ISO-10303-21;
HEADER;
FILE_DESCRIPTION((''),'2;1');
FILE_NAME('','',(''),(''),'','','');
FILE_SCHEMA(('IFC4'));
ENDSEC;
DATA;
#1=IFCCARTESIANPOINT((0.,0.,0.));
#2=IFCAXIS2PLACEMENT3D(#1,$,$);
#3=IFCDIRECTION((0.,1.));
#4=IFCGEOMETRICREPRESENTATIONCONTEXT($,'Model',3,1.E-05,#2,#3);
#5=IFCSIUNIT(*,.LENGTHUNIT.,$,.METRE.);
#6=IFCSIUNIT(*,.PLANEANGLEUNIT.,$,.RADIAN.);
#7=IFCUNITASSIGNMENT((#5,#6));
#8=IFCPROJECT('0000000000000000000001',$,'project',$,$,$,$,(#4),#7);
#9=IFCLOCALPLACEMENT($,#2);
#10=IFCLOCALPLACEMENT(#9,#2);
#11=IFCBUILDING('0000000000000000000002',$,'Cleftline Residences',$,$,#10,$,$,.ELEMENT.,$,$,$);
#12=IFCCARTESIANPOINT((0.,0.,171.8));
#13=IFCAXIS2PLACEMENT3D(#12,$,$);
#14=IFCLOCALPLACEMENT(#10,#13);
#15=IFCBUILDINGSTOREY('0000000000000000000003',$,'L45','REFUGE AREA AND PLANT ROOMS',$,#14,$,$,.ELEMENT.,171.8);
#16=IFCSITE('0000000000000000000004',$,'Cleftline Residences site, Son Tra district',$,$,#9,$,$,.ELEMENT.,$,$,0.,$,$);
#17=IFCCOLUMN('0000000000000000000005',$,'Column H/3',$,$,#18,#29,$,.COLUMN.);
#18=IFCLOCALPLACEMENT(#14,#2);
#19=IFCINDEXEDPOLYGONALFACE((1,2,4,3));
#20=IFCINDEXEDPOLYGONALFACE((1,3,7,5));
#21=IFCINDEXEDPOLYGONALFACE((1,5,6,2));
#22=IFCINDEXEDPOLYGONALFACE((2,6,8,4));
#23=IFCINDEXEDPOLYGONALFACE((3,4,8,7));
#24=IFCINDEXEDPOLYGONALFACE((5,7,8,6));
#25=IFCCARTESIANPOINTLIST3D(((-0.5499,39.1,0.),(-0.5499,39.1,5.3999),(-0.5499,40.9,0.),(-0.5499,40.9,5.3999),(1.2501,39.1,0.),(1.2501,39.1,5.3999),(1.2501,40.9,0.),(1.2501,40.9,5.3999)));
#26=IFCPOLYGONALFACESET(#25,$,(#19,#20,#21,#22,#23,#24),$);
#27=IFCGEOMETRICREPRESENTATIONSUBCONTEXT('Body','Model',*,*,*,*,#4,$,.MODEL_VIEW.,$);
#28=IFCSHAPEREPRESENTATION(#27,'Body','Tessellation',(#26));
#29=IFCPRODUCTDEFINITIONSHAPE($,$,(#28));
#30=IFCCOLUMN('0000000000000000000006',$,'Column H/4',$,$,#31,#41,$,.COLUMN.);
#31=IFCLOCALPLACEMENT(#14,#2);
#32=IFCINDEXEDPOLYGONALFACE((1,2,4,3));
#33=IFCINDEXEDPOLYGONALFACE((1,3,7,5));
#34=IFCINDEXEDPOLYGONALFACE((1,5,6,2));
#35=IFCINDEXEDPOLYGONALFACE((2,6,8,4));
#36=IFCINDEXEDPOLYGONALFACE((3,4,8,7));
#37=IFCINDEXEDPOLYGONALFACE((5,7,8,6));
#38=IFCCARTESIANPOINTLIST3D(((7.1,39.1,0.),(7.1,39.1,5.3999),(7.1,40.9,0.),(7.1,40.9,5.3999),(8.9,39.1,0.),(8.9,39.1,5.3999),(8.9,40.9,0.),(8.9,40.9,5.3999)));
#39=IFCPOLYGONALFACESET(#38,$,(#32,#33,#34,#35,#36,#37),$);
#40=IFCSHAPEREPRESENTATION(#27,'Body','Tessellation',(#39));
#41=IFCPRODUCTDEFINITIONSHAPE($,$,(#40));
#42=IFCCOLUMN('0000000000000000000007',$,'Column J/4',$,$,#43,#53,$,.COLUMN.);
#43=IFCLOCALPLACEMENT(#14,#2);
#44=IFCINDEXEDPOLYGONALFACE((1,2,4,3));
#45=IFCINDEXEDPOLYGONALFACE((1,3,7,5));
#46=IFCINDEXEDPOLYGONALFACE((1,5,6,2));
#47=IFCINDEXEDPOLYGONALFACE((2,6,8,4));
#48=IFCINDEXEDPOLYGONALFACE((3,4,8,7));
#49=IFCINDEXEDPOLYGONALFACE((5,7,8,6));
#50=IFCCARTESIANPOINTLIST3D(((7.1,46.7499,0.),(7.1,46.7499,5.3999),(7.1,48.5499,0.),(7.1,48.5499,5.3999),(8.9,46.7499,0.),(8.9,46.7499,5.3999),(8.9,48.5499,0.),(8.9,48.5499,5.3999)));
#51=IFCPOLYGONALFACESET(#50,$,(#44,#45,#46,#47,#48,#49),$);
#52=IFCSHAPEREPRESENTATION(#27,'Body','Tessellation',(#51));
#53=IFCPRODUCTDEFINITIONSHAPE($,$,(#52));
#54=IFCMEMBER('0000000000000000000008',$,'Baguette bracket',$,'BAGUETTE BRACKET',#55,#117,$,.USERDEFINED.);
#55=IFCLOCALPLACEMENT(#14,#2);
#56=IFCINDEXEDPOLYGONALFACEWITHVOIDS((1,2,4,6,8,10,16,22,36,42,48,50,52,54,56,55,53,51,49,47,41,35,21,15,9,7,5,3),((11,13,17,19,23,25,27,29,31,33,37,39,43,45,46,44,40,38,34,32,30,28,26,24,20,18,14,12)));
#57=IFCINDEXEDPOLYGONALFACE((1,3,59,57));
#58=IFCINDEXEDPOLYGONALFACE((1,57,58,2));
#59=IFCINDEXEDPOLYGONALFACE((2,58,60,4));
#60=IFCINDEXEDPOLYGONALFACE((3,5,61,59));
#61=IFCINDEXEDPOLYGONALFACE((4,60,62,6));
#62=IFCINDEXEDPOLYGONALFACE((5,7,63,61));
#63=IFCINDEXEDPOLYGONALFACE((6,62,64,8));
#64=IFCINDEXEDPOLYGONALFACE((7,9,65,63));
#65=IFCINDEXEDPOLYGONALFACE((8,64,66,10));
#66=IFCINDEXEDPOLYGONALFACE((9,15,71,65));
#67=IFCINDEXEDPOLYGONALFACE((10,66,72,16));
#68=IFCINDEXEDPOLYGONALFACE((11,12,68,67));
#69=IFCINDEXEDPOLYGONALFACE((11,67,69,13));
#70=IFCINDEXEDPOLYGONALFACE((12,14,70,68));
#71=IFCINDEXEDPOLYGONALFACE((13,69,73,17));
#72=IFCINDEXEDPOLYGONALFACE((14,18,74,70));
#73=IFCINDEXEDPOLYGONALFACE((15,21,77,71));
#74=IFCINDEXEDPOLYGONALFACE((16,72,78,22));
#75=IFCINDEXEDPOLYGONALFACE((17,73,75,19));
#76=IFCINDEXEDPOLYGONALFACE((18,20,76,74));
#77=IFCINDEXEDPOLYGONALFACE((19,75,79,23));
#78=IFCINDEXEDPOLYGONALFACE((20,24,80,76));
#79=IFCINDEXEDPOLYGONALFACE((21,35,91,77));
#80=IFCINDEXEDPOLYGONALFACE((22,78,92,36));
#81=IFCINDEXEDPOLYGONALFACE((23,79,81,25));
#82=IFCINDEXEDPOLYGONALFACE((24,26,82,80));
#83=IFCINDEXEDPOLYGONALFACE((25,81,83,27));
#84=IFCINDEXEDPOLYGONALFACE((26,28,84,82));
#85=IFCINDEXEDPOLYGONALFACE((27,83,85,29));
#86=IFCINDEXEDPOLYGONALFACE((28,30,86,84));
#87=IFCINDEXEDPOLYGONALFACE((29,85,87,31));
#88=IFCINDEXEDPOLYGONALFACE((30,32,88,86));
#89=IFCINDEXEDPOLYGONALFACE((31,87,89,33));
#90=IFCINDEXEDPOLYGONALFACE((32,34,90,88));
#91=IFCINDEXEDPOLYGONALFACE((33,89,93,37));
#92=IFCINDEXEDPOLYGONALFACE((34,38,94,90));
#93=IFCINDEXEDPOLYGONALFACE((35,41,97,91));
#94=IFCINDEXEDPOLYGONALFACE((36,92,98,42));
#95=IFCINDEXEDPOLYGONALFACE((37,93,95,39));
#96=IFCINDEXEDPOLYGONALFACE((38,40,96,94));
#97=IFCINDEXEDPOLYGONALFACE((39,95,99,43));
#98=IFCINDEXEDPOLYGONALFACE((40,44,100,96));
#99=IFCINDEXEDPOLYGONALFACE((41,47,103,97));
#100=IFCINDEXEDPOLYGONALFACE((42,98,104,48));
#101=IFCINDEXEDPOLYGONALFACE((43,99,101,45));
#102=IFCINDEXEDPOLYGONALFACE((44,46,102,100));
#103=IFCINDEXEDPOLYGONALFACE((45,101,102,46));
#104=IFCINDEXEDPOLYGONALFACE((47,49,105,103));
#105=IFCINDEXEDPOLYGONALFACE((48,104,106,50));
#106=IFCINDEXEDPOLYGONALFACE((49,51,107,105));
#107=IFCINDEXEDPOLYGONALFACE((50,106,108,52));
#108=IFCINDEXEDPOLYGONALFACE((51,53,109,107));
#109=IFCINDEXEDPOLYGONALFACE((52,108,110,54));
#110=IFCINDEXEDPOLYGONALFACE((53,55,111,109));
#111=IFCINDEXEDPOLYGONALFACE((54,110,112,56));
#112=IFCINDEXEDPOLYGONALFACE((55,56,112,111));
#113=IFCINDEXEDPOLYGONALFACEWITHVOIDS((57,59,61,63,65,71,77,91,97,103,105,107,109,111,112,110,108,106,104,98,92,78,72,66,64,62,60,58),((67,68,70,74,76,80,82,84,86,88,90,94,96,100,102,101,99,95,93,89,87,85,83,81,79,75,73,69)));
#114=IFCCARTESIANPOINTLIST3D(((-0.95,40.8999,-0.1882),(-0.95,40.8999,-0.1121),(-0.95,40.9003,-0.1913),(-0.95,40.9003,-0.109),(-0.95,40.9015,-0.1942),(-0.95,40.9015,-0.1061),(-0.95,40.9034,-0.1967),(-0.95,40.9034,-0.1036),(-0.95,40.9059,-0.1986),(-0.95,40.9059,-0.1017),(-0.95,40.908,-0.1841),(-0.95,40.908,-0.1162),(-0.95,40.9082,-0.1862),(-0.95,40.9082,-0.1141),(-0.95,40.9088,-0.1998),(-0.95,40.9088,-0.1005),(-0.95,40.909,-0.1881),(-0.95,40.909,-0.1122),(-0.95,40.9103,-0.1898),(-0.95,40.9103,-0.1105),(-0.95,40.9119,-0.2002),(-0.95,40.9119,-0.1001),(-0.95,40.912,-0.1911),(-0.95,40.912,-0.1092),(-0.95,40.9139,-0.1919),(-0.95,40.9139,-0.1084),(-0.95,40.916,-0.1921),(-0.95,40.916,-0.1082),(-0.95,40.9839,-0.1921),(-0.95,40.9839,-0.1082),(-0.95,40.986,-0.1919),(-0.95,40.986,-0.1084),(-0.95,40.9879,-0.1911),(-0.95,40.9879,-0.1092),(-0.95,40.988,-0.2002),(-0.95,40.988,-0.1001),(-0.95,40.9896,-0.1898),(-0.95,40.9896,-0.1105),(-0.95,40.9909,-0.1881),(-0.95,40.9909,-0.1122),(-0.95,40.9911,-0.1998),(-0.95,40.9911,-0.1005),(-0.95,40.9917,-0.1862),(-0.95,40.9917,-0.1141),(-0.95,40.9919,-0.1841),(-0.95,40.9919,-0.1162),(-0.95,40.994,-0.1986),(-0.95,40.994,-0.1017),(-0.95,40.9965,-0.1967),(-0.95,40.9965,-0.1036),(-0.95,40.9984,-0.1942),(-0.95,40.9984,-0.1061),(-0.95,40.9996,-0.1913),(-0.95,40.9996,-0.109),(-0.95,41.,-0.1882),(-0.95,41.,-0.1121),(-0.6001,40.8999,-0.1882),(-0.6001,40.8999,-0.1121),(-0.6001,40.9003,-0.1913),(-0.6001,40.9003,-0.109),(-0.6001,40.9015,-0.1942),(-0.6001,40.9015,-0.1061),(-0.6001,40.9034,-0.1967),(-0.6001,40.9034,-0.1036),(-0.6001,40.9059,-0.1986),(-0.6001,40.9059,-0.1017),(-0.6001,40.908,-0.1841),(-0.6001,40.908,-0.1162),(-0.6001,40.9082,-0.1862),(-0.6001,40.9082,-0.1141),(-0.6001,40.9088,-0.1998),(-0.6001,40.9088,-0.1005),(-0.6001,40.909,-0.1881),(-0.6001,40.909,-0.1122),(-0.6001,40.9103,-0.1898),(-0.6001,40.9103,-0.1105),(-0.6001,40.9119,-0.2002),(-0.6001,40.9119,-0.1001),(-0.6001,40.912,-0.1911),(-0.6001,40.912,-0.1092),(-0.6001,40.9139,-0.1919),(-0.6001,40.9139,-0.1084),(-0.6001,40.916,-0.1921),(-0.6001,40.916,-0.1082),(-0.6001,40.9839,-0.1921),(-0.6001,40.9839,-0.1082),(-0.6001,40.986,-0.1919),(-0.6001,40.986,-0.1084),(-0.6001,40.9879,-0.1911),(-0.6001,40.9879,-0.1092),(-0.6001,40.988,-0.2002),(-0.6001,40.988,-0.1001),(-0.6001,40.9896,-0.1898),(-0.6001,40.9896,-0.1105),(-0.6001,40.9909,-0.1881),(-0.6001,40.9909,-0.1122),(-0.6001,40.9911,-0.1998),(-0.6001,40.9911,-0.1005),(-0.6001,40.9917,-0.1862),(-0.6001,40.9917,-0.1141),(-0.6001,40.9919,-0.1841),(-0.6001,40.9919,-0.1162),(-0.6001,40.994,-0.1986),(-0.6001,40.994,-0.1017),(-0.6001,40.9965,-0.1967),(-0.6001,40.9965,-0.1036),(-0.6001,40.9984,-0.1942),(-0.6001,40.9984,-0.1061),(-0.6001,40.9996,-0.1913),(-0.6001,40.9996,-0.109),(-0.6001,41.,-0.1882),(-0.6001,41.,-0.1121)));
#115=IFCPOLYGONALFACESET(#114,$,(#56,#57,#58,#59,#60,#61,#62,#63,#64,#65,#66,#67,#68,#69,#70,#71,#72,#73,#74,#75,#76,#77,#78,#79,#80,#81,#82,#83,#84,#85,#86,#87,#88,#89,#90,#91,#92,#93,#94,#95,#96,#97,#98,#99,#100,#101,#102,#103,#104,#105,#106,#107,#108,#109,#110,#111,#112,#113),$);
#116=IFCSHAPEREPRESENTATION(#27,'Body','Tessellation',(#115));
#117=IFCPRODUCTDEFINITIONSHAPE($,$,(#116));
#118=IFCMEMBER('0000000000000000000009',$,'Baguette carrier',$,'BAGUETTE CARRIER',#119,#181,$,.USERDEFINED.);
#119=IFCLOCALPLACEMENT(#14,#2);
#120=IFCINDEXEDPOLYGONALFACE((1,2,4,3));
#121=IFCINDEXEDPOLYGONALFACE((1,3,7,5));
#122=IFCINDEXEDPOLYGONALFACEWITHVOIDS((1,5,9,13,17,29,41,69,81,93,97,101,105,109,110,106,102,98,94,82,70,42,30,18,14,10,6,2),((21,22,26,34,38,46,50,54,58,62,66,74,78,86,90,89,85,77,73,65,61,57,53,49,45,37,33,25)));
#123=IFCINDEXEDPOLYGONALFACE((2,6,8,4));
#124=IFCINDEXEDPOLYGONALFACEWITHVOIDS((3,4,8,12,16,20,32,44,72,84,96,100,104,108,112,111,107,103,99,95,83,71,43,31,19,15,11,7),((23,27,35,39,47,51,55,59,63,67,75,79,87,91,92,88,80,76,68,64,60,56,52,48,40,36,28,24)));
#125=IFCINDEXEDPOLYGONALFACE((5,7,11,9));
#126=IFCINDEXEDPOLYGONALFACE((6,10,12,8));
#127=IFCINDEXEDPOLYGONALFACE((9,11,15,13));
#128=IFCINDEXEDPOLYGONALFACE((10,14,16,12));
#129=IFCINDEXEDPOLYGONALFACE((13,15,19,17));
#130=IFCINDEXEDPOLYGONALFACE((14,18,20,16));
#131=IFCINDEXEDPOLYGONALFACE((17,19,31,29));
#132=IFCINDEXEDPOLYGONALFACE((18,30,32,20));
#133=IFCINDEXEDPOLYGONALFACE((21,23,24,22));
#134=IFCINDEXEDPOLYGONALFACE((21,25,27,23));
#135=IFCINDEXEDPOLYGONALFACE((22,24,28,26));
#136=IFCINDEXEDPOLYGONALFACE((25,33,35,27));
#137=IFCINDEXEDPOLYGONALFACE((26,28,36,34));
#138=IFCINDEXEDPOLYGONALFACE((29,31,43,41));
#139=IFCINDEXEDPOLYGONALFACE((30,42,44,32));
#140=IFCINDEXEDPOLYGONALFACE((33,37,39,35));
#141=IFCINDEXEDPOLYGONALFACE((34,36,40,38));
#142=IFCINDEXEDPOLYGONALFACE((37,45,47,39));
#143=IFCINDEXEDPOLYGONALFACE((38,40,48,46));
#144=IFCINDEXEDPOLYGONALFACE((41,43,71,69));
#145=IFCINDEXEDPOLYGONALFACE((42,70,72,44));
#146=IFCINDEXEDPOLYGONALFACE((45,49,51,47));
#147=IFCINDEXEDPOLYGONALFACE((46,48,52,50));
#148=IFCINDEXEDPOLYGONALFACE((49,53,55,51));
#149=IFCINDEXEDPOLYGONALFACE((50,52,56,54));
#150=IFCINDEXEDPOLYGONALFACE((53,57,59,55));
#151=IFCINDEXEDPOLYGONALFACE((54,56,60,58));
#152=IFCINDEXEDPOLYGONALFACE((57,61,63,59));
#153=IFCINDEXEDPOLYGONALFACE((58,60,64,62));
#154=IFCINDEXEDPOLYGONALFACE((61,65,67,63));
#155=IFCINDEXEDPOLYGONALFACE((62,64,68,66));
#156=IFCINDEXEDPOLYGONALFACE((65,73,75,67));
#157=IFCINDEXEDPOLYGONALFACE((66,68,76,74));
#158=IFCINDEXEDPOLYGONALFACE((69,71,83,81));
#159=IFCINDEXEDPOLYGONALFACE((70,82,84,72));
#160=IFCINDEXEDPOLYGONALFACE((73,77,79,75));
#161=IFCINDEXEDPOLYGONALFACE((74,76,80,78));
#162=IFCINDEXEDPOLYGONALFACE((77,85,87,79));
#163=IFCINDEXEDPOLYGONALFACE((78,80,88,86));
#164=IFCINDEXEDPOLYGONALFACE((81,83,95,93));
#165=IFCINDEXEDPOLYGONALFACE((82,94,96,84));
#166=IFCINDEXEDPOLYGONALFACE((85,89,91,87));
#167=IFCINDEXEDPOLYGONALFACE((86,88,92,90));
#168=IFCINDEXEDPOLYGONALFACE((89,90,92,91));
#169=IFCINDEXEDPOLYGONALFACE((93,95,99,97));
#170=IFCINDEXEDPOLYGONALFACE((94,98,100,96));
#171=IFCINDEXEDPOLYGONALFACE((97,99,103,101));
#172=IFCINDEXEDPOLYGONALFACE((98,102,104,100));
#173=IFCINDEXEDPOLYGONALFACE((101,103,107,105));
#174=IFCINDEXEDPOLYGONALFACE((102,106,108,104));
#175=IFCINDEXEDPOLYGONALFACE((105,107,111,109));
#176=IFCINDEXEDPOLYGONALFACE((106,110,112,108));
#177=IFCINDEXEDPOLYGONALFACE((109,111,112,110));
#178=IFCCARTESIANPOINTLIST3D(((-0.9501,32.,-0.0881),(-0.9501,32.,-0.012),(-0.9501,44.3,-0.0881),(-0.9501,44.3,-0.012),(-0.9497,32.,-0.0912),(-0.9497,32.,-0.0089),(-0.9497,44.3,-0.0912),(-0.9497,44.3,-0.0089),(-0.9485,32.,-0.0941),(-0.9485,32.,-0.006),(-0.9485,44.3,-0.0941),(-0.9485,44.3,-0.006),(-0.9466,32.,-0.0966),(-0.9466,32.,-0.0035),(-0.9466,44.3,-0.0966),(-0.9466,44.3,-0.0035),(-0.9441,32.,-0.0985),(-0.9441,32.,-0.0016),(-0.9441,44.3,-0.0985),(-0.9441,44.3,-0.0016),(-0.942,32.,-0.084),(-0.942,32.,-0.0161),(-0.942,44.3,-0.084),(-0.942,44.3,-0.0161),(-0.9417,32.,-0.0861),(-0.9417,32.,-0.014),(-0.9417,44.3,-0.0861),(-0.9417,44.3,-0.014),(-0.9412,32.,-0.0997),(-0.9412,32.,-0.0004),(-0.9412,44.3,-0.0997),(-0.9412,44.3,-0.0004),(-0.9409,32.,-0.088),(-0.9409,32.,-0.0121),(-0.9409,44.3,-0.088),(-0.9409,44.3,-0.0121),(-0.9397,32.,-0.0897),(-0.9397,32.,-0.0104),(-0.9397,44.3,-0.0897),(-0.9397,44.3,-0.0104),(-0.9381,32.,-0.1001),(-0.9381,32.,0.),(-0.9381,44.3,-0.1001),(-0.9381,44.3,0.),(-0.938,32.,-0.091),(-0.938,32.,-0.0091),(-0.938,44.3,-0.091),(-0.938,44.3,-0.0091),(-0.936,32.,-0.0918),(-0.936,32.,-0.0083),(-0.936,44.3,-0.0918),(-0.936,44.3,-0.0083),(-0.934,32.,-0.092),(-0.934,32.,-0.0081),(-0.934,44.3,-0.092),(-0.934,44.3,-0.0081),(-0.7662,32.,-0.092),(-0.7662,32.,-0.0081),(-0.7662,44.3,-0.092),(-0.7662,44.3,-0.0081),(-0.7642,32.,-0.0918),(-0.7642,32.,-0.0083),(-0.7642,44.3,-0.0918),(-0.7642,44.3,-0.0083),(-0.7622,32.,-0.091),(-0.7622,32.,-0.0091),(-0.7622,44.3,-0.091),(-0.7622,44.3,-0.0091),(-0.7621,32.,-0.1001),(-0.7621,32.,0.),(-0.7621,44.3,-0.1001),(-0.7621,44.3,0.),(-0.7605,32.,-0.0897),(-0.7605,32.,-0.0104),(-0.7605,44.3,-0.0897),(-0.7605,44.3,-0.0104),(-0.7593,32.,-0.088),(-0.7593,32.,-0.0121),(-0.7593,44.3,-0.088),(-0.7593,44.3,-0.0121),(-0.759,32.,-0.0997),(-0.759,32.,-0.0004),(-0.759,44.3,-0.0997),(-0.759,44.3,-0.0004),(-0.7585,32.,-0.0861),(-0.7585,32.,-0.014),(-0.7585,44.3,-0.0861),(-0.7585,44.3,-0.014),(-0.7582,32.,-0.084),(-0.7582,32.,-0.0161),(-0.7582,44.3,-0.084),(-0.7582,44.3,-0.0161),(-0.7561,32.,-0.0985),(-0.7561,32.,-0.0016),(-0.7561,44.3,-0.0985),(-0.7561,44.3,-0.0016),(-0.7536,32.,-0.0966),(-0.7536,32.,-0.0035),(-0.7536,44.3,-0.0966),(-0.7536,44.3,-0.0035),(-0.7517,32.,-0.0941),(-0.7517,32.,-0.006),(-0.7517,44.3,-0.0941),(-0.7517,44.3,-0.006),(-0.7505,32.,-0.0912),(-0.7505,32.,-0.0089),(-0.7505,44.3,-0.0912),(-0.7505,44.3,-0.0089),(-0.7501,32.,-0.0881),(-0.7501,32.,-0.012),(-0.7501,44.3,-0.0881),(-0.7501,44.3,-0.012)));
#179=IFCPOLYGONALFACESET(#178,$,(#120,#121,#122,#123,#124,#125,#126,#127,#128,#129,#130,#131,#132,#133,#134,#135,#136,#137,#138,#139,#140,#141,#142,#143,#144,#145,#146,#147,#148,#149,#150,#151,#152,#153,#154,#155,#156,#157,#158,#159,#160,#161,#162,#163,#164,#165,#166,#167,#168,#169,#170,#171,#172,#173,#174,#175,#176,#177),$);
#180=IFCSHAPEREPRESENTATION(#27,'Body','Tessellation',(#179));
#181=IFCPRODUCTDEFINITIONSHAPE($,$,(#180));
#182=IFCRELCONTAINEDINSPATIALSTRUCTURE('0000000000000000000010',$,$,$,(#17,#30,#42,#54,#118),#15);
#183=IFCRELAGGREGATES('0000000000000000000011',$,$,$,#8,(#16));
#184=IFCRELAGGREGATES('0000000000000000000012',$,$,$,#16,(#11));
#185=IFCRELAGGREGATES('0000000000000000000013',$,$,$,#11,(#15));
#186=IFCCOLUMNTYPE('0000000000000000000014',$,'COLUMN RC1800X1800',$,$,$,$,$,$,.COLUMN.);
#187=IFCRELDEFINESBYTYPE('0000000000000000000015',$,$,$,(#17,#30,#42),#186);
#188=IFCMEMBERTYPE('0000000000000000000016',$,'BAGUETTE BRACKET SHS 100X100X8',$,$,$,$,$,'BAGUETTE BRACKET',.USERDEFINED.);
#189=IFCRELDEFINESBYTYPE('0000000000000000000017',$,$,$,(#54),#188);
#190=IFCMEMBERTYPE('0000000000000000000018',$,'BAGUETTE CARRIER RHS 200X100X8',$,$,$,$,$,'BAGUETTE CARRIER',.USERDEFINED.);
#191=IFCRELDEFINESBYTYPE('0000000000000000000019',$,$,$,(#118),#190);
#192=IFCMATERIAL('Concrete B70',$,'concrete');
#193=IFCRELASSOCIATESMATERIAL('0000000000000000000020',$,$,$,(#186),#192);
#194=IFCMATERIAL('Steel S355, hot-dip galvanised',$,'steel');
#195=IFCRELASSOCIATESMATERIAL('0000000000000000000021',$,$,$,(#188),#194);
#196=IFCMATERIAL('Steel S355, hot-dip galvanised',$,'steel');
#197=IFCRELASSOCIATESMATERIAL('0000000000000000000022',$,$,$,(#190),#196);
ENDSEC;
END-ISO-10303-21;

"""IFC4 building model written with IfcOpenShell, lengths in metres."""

from ifc_helpers import new_model, si_unit, direction, frame, origin, origin_2d, place, context, subcontext, project, spatial, rectangle, hollow_rectangle, extrude, material, material_profile, profile_set, type_object, element, save


model = new_model("IFC4")

# Units and contexts
model_context = context("Model", 3, precision=1e-05, world=origin(), true_north=direction((0.0, 1.0)))
body_context = subcontext(model_context, "Body", "Model", "MODEL_VIEW")
ifc_project = project(units=[si_unit("LENGTHUNIT", "METRE"), si_unit("PLANEANGLEUNIT", "RADIAN")], contexts=[model_context])

# Site, building, storey
site_placement = place(None, origin())
site = spatial("IfcSite", under=ifc_project, at=site_placement, Name="Cleftline Residences site, Son Tra district", CompositionType="ELEMENT", RefElevation=0.0)
building_placement = place(site_placement, origin())
building = spatial("IfcBuilding", under=site, at=building_placement, Name="Cleftline Residences", CompositionType="ELEMENT")
storey_placement = place(building_placement, frame((0.0, 0.0, 171.8)))
storey = spatial("IfcBuildingStorey", under=building, at=storey_placement, Name="L45", Description="REFUGE AREA AND PLANT ROOMS", CompositionType="ELEMENT", Elevation=171.8)

# Columns
ifc_material_1 = material(Name="Concrete B70", Category="concrete")
ifc_material_profile_1 = material_profile(ifc_material_1, rectangle(XDim=1.8, YDim=1.8, at=origin_2d()))
ifc_profile_set_1 = profile_set([ifc_material_profile_1], Name="Concrete B70")
column_type = type_object("IfcColumnType", Name="COLUMN RC1800X1800", PredefinedType="COLUMN", material=ifc_profile_set_1)
for number, where, z_axis, x_axis, name in (
    (1, (0.3501, 40.0, 0.0), (0.0, 0.0, 1.0), (1.0, 0.0, 0.0), "Column H/3"),
    (2, (8.0, 40.0, 0.0), (0.0, 0.0, 1.0), (1.0, 0.0, 0.0), "Column H/4"),
    (3, (8.0, 47.6499, 0.0), (0.0, 0.0, 1.0), (1.0, 0.0, 0.0), "Column J/4"),
):
    element("IfcColumn", number, at=place(storey_placement, frame(where, z_axis=z_axis, x_axis=x_axis)), inside=storey, type_object=column_type, Name=name, PredefinedType="COLUMN", context=body_context, shape_type="SweptSolid", body=[
        extrude(rectangle(XDim=1.8, YDim=1.8, at=origin_2d()), origin(), (0.0, 0.0, 1.0), 5.3999),
    ])

# Members
ifc_material_2 = material(Name="Steel S355, hot-dip galvanised", Category="steel")
ifc_material_profile_2 = material_profile(ifc_material_2, hollow_rectangle(XDim=0.1001, YDim=0.1001, WallThickness=0.0081, InnerFilletRadius=0.0081, OuterFilletRadius=0.012, at=origin_2d()))
ifc_profile_set_2 = profile_set([ifc_material_profile_2], Name="Steel S355, hot-dip galvanised")
member_type_1 = type_object("IfcMemberType", Name="BAGUETTE BRACKET SHS 100X100X8", ElementType="BAGUETTE BRACKET", PredefinedType="USERDEFINED", material=ifc_profile_set_2)
member_1_placement = place(storey_placement, frame((-0.6001, 40.95, -0.1501), z_axis=(-1.0, 0.0, 0.0), x_axis=(0.0, -1.0, 0.0)))
element("IfcMember", 4, at=member_1_placement, inside=storey, type_object=member_type_1, Name="Baguette bracket", ObjectType="BAGUETTE BRACKET", PredefinedType="USERDEFINED", context=body_context, shape_type="SweptSolid", body=[
    extrude(hollow_rectangle(XDim=0.1001, YDim=0.1001, WallThickness=0.0081, InnerFilletRadius=0.0081, OuterFilletRadius=0.012, at=origin_2d()), origin(), (0.0, 0.0, 1.0), 0.3499),
])
ifc_material_3 = material(Name="Steel S355, hot-dip galvanised", Category="steel")
ifc_material_profile_3 = material_profile(ifc_material_3, hollow_rectangle(XDim=0.1001, YDim=0.2, WallThickness=0.0081, InnerFilletRadius=0.0081, OuterFilletRadius=0.012, at=origin_2d()))
ifc_profile_set_3 = profile_set([ifc_material_profile_3], Name="Steel S355, hot-dip galvanised")
member_type_2 = type_object("IfcMemberType", Name="BAGUETTE CARRIER RHS 200X100X8", ElementType="BAGUETTE CARRIER", PredefinedType="USERDEFINED", material=ifc_profile_set_3)
member_2_placement = place(storey_placement, frame((-0.8501, 44.3, -0.05), z_axis=(0.0, -1.0, 0.0), x_axis=(0.0, 0.0, 1.0)))
element("IfcMember", 5, at=member_2_placement, inside=storey, type_object=member_type_2, Name="Baguette carrier", ObjectType="BAGUETTE CARRIER", PredefinedType="USERDEFINED", context=body_context, shape_type="SweptSolid", body=[
    extrude(hollow_rectangle(XDim=0.1001, YDim=0.2, WallThickness=0.0081, InnerFilletRadius=0.0081, OuterFilletRadius=0.012, at=origin_2d()), origin(), (0.0, 0.0, 1.0), 12.3),
])

save(model, "model.ifc")
